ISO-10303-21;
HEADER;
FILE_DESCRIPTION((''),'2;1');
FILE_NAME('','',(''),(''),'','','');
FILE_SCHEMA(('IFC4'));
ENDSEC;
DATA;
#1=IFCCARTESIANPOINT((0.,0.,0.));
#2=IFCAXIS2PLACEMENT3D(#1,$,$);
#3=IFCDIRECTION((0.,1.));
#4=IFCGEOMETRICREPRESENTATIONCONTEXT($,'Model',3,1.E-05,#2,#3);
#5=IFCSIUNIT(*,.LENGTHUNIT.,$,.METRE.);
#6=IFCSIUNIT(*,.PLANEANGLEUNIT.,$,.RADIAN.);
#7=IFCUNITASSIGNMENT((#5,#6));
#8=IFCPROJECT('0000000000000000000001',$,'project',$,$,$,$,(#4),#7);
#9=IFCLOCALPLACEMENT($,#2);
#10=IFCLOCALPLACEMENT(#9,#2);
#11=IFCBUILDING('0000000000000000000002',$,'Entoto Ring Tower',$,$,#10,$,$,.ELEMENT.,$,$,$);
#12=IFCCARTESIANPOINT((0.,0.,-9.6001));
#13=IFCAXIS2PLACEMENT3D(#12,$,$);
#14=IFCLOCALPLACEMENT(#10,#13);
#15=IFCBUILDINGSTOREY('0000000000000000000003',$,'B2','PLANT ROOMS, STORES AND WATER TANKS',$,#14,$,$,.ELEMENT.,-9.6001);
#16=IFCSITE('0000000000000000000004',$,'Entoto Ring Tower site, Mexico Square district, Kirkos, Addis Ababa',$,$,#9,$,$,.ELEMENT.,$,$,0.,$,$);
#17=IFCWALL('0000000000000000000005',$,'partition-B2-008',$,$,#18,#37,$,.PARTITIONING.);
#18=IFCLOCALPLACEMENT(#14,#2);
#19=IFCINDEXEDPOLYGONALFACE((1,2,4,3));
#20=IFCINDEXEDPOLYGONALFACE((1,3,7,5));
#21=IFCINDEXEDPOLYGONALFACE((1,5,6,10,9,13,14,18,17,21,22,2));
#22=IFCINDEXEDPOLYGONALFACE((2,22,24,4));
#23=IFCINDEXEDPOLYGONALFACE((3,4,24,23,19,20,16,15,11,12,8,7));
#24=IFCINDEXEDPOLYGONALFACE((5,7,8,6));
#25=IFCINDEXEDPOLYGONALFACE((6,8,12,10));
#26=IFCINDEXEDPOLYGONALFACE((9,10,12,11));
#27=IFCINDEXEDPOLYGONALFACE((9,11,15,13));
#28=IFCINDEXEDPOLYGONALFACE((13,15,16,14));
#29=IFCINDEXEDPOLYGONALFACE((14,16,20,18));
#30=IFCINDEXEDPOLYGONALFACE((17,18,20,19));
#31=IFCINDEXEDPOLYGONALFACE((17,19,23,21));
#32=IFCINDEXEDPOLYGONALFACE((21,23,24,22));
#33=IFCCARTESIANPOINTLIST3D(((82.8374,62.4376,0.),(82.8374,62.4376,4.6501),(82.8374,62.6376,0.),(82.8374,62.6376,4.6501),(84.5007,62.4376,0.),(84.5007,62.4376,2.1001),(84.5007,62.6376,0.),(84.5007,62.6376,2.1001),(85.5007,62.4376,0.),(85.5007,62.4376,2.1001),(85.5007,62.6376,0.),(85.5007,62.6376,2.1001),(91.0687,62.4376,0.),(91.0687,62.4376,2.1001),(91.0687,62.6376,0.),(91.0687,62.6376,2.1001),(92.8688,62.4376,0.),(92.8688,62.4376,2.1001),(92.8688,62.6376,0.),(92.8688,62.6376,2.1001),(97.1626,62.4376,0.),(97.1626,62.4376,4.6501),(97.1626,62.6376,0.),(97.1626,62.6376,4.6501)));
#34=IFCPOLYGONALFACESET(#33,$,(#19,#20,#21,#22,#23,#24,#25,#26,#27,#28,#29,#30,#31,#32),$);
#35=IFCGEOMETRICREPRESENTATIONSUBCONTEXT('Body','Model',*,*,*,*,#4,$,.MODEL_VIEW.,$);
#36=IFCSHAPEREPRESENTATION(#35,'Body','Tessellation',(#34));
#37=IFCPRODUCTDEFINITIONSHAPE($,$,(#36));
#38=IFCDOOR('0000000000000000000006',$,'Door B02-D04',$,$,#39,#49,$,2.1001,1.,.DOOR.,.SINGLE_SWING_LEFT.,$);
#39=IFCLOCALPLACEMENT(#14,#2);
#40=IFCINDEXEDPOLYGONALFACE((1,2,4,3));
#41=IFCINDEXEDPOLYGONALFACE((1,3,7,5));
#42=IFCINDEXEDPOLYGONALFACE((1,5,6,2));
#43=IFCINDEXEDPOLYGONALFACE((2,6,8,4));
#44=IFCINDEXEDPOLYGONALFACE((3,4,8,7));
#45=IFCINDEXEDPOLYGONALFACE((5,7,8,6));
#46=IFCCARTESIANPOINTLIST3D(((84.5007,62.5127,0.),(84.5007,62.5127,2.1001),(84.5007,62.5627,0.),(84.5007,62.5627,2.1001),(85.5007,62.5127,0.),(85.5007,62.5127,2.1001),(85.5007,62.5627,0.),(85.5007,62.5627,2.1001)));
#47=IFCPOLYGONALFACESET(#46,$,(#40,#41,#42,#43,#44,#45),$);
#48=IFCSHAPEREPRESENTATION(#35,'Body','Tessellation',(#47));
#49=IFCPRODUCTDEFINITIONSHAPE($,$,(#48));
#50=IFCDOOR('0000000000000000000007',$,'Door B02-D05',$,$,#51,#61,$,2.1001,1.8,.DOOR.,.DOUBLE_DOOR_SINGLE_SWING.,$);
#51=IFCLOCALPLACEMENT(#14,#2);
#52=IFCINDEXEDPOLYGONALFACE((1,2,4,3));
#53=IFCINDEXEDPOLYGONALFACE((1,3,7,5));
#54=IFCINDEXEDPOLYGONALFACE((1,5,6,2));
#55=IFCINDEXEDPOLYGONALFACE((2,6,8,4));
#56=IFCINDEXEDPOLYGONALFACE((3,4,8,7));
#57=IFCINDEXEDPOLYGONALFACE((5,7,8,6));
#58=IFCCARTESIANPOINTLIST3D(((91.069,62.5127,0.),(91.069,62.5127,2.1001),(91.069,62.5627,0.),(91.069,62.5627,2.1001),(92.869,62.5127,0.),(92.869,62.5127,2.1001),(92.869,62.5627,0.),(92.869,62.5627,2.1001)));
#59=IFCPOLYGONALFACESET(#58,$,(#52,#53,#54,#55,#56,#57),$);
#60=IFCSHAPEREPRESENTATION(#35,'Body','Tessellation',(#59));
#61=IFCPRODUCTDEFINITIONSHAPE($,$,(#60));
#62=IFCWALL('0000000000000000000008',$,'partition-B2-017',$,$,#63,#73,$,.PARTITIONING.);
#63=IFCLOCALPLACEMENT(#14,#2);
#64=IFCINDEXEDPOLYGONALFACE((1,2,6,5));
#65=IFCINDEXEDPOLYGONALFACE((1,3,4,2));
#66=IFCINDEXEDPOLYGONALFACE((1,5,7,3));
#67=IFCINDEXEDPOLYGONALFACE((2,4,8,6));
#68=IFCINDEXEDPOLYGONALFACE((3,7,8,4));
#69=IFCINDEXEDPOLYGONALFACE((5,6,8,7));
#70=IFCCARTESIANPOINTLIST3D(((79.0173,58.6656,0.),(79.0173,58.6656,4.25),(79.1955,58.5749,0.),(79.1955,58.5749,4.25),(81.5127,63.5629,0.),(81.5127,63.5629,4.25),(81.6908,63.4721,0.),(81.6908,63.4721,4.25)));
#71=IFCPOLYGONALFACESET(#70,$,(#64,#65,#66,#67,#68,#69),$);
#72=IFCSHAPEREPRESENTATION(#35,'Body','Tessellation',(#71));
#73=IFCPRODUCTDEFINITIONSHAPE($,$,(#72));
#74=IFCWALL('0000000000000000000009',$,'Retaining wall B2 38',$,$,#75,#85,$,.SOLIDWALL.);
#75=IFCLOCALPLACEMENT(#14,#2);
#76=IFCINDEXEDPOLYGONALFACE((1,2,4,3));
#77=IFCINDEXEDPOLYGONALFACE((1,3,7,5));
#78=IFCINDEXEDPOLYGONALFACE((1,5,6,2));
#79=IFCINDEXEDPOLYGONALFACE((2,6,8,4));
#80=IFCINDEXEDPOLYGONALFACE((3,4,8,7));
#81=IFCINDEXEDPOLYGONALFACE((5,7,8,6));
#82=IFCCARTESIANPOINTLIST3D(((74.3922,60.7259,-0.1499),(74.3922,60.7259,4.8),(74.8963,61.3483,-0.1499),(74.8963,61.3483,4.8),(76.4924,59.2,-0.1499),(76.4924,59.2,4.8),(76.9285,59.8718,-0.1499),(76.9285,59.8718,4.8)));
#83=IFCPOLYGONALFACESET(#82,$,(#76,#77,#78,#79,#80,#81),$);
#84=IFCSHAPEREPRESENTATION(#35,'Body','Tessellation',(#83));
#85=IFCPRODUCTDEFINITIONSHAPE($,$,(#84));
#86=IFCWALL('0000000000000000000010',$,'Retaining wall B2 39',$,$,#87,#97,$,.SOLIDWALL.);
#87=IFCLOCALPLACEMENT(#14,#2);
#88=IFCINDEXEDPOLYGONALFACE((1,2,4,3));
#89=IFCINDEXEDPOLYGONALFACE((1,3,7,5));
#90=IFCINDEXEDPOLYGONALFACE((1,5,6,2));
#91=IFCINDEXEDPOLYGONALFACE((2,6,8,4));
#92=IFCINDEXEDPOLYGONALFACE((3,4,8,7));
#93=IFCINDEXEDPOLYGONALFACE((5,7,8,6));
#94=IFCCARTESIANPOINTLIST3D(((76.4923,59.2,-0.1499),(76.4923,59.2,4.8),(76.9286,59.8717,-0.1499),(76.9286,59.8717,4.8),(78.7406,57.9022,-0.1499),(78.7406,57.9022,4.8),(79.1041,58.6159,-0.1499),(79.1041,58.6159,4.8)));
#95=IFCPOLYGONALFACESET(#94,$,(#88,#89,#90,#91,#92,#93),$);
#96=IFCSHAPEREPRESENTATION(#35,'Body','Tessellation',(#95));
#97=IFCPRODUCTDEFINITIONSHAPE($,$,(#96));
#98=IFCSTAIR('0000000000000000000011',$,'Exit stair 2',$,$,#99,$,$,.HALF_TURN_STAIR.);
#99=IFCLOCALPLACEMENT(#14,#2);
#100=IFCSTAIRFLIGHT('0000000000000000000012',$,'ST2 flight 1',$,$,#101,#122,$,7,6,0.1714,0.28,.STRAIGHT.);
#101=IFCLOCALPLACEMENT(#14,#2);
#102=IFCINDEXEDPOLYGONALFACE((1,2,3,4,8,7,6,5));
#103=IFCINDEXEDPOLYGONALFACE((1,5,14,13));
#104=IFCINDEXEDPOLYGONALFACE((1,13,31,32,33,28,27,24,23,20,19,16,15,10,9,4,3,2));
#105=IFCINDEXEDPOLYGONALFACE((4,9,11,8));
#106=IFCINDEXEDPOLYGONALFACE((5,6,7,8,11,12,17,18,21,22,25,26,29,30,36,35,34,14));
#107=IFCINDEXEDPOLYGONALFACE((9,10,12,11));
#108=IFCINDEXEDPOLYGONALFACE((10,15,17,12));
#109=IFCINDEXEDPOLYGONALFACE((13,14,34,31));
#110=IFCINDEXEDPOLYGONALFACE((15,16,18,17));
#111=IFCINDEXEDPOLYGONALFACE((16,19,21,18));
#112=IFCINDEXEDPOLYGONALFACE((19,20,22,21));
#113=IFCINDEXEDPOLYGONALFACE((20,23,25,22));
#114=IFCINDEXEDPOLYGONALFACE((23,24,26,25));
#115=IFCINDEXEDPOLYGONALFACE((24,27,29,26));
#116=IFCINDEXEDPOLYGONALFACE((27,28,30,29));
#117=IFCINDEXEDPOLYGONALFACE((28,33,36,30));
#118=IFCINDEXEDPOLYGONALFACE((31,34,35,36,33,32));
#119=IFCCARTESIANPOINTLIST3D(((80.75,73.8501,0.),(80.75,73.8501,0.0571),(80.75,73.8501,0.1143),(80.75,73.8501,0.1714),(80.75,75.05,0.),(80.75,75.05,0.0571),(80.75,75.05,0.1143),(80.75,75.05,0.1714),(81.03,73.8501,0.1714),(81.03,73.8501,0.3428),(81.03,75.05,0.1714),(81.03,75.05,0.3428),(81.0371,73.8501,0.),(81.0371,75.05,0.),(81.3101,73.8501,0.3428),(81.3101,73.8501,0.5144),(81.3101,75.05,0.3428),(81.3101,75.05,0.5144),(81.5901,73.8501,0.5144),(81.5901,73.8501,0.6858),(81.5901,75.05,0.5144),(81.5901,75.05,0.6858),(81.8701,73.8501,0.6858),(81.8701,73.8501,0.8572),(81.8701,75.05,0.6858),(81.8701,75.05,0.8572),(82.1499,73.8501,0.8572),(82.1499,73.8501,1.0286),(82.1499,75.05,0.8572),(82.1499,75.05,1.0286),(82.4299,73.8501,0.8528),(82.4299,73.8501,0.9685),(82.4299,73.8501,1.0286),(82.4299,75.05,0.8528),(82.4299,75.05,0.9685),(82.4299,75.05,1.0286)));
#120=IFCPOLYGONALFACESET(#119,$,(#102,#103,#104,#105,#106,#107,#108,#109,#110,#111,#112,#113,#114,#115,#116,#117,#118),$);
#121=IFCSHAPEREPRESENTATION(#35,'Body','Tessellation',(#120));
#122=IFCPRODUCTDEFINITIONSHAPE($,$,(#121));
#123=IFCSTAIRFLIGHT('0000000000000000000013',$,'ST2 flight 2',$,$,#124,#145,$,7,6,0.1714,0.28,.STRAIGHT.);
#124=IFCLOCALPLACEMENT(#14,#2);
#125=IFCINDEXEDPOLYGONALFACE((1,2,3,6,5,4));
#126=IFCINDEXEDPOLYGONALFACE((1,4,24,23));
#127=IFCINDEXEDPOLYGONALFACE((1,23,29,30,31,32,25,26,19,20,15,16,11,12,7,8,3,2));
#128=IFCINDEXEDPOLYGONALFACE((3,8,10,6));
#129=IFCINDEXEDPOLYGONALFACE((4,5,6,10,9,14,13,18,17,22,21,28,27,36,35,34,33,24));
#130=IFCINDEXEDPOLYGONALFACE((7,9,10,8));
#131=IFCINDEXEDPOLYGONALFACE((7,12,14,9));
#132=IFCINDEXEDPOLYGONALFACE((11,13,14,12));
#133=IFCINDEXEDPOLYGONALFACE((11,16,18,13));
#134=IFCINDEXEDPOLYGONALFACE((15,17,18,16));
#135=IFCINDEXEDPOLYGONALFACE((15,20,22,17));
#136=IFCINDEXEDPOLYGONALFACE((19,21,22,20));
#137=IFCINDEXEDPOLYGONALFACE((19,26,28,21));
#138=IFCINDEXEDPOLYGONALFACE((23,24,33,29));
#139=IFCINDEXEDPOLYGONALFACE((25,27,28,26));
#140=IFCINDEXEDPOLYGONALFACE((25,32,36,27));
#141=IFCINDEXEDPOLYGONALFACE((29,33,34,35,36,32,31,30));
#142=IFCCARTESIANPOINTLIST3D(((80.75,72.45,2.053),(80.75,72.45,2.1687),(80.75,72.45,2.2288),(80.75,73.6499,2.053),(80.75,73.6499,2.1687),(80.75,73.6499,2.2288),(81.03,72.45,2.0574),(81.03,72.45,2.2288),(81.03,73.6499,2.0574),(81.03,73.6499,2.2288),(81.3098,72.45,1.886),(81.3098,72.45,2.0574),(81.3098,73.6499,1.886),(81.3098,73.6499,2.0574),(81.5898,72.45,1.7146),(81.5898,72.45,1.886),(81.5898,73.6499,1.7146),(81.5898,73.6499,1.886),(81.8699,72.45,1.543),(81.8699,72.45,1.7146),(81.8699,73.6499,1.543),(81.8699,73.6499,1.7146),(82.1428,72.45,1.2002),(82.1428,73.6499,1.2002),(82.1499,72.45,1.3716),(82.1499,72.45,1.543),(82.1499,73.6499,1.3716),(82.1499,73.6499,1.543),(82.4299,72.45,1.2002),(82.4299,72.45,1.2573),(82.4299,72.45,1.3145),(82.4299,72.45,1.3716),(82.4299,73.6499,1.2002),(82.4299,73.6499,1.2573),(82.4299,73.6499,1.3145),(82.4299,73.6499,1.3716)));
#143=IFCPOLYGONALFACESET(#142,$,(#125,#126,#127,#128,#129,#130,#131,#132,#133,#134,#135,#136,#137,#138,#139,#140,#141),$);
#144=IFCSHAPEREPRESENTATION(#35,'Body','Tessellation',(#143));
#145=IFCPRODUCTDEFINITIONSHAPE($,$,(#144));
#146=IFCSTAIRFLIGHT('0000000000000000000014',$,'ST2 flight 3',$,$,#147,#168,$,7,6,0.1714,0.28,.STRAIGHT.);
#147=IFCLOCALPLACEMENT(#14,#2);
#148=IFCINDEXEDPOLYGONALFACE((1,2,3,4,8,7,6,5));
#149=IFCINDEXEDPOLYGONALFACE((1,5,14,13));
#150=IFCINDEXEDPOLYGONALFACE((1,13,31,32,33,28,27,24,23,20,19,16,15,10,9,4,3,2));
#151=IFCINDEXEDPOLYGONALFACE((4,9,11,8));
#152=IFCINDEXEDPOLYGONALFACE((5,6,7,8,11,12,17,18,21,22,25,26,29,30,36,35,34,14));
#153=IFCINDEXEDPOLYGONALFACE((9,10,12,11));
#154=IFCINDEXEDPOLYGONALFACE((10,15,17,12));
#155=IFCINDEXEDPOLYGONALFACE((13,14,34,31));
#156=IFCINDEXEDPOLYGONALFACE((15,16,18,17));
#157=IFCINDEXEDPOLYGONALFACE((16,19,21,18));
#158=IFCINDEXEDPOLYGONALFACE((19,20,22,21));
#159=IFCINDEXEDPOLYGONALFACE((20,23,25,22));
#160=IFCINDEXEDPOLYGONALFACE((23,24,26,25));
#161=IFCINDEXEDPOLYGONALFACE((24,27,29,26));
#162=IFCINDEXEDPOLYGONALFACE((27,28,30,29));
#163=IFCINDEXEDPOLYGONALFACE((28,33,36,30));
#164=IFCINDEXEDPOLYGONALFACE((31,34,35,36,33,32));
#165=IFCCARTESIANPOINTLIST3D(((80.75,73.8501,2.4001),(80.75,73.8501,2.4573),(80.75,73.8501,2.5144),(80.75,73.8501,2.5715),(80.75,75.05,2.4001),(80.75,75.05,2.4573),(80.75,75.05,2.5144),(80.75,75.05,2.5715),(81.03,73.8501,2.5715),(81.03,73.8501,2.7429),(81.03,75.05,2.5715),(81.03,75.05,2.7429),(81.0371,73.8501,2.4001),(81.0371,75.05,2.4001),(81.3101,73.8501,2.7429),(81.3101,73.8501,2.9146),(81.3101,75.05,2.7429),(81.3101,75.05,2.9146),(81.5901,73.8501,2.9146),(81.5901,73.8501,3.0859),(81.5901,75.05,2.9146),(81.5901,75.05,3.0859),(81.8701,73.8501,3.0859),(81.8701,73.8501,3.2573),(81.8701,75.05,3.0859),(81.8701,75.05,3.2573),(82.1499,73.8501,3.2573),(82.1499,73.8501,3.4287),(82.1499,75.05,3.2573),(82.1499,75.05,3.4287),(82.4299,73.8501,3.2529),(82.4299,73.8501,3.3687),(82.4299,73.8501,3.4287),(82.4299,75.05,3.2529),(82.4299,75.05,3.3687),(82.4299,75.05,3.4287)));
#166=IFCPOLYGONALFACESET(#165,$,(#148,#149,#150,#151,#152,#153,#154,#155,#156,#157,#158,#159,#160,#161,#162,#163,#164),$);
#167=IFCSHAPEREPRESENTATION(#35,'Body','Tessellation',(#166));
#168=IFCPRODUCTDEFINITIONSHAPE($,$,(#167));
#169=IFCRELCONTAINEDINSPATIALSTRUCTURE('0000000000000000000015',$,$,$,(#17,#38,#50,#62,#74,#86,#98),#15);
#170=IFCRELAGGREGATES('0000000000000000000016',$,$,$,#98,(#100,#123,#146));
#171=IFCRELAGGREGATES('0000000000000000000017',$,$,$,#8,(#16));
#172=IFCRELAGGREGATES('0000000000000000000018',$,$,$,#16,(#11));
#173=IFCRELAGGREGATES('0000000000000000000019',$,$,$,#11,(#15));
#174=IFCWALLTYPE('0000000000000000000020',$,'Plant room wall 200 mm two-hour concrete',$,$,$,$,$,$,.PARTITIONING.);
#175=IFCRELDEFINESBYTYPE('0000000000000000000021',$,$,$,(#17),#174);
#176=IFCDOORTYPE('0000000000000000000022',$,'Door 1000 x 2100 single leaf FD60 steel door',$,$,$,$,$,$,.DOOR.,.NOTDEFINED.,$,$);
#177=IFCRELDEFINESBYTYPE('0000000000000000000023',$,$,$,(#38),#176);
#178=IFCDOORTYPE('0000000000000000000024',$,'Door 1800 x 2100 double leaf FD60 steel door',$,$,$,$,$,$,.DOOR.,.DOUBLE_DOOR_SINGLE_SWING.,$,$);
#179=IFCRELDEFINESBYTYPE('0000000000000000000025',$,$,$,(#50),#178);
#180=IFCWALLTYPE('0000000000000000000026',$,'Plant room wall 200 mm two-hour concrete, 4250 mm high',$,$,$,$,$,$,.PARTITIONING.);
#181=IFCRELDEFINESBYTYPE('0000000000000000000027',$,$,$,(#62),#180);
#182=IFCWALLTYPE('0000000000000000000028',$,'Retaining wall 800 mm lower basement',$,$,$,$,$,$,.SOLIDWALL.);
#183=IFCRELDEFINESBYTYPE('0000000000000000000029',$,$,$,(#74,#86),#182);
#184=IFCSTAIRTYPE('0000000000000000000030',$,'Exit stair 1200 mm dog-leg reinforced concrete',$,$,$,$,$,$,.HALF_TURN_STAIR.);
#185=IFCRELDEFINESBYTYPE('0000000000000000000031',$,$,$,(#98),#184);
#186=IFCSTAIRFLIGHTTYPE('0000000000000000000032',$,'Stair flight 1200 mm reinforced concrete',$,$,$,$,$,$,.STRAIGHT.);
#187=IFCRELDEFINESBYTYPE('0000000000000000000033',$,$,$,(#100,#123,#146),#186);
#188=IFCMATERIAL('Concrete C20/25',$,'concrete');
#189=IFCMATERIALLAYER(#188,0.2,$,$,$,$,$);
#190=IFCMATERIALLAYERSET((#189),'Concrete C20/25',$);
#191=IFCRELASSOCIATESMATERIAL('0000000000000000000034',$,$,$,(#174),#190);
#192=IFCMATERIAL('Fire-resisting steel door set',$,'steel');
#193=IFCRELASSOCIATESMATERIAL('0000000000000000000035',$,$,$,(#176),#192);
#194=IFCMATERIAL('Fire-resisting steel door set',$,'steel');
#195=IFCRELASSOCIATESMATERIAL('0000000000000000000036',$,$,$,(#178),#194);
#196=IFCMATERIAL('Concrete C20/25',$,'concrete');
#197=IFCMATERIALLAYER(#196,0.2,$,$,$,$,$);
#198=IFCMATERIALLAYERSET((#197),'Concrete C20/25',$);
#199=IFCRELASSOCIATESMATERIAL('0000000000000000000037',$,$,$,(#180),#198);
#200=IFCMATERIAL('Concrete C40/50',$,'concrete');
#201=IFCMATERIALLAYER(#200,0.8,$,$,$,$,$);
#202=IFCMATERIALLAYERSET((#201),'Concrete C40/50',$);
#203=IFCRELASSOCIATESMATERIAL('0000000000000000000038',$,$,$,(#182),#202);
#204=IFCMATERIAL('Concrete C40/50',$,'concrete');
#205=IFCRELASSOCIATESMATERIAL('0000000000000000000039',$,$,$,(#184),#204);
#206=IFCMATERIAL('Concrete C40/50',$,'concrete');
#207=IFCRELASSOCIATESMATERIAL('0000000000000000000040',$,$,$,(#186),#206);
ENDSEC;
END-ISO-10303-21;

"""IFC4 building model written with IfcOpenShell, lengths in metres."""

from ifc_helpers import new_model, si_unit, direction, frame, frame_2d, origin, place, context, subcontext, project, spatial, polyline, rectangle, outline, extrude, material, layer, layer_set, type_object, element, fill, aggregate, save


model = new_model("IFC4")

# Units and contexts
model_context = context("Model", 3, precision=1e-05, world=origin(), true_north=direction((0.0, 1.0)))
body_context = subcontext(model_context, "Body", "Model", "MODEL_VIEW")
ifc_project = project(units=[si_unit("LENGTHUNIT", "METRE"), si_unit("PLANEANGLEUNIT", "RADIAN")], contexts=[model_context])

# Site, building, storey
site_placement = place(None, origin())
site = spatial("IfcSite", under=ifc_project, at=site_placement, Name="Entoto Ring Tower site, Mexico Square district, Kirkos, Addis Ababa", CompositionType="ELEMENT", RefElevation=0.0)
building_placement = place(site_placement, origin())
building = spatial("IfcBuilding", under=site, at=building_placement, Name="Entoto Ring Tower", CompositionType="ELEMENT")
storey_placement = place(building_placement, frame((0.0, 0.0, -9.6001)))
storey = spatial("IfcBuildingStorey", under=building, at=storey_placement, Name="B2", Description="PLANT ROOMS, STORES AND WATER TANKS", CompositionType="ELEMENT", Elevation=-9.6001)

# Shared definitions
ifc_material_1 = material(Name="Concrete C20/25", Category="concrete")
ifc_layer_1 = layer(ifc_material_1, 0.2)
ifc_layer_set_1 = layer_set([ifc_layer_1], Name="Concrete C20/25")
wall_type_1 = type_object("IfcWallType", Name="Plant room wall 200 mm two-hour concrete", PredefinedType="PARTITIONING", material=ifc_layer_set_1)
ifc_material_2 = material(Name="Fire-resisting steel door set", Category="steel")
door_type_1 = type_object("IfcDoorType", Name="Door 1000 x 2100 single leaf FD60 steel door", OperationType="NOTDEFINED", PredefinedType="DOOR", material=ifc_material_2)

# Wall, openings, doors
wall_1_placement = place(storey_placement, frame((82.8374, 62.5376, 0.0), z_axis=(0.0, 0.0, 1.0), x_axis=(1.0, 0.0, 0.0)))
wall_1 = element("IfcWall", 1, at=wall_1_placement, inside=storey, type_object=wall_type_1, Name="partition-B2-008", PredefinedType="PARTITIONING", context=body_context, shape_type="SweptSolid", body=[
    extrude(rectangle(XDim=14.3252, YDim=0.2, at=frame_2d((7.1626, 0.0))), origin(), (0.0, 0.0, 1.0), 4.6501),
])
opening_1_placement = place(wall_1_placement, frame((1.6633, 0.0, 0.0)))
opening_1 = element("IfcOpeningElement", 2, at=opening_1_placement, cuts=wall_1, PredefinedType="OPENING", context=body_context, shape_type="SweptSolid", body=[
    extrude(rectangle(XDim=1.0, YDim=2.1001, at=frame_2d((0.5, 1.05))), frame((0.0, 0.1099, 0.0), z_axis=(0.0, -1.0, 0.0), x_axis=(1.0, 0.0, 0.0)), (0.0, 0.0, 1.0), 0.22),
])
opening_2_placement = place(wall_1_placement, frame((8.2314, 0.0, 0.0)))
opening_2 = element("IfcOpeningElement", 3, at=opening_2_placement, cuts=wall_1, PredefinedType="OPENING", context=body_context, shape_type="SweptSolid", body=[
    extrude(rectangle(XDim=1.8, YDim=2.1001, at=frame_2d((0.8999, 1.05))), frame((0.0, 0.1099, 0.0), z_axis=(0.0, -1.0, 0.0), x_axis=(1.0, 0.0, 0.0)), (0.0, 0.0, 1.0), 0.22),
])
door_1_placement = place(opening_1_placement, frame((1.0, 0.0, 0.0), z_axis=(0.0, 0.0, 1.0), x_axis=(-1.0, 0.0, 0.0)))
door_1 = element("IfcDoor", 4, at=door_1_placement, inside=storey, type_object=door_type_1, Name="Door B02-D04", OperationType="SINGLE_SWING_LEFT", OverallHeight=2.1001, OverallWidth=1.0, PredefinedType="DOOR", context=body_context, shape_type="SweptSolid", body=[
    extrude(rectangle(XDim=1.0, YDim=2.1001, at=frame_2d((0.5, 1.05))), frame((0.0, 0.0249, 0.0), z_axis=(0.0, -1.0, 0.0), x_axis=(1.0, 0.0, 0.0)), (0.0, 0.0, 1.0), 0.05),
])
fill(opening_1, door_1)
ifc_material_3 = material(Name="Fire-resisting steel door set", Category="steel")
door_type_2 = type_object("IfcDoorType", Name="Door 1800 x 2100 double leaf FD60 steel door", OperationType="DOUBLE_DOOR_SINGLE_SWING", PredefinedType="DOOR", material=ifc_material_3)
door_2_placement = place(opening_2_placement, frame((1.8, 0.0, 0.0), z_axis=(0.0, 0.0, 1.0), x_axis=(-1.0, 0.0, 0.0)))
door_2 = element("IfcDoor", 5, at=door_2_placement, inside=storey, type_object=door_type_2, Name="Door B02-D05", OperationType="DOUBLE_DOOR_SINGLE_SWING", OverallHeight=2.1001, OverallWidth=1.8, PredefinedType="DOOR", context=body_context, shape_type="SweptSolid", body=[
    extrude(rectangle(XDim=1.8, YDim=2.1001, at=frame_2d((0.8999, 1.05))), frame((0.0, 0.0249, 0.0), z_axis=(0.0, -1.0, 0.0), x_axis=(1.0, 0.0, 0.0)), (0.0, 0.0, 1.0), 0.05),
])
fill(opening_2, door_2)

# Walls
ifc_material_4 = material(Name="Concrete C20/25", Category="concrete")
ifc_layer_2 = layer(ifc_material_4, 0.2)
ifc_layer_set_2 = layer_set([ifc_layer_2], Name="Concrete C20/25")
wall_type_2 = type_object("IfcWallType", Name="Plant room wall 200 mm two-hour concrete, 4250 mm high", PredefinedType="PARTITIONING", material=ifc_layer_set_2)
wall_2_placement = place(storey_placement, frame((79.1064, 58.6204, 0.0), z_axis=(0.0, 0.0, 1.0), x_axis=(0.454006, 0.890999, 0.0)))
element("IfcWall", 6, at=wall_2_placement, inside=storey, type_object=wall_type_2, Name="partition-B2-017", PredefinedType="PARTITIONING", context=body_context, shape_type="SweptSolid", body=[
    extrude(rectangle(XDim=5.4963, YDim=0.2, at=frame_2d((2.748, 0.0))), origin(), (0.0, 0.0, 1.0), 4.25),
])
ifc_material_5 = material(Name="Concrete C40/50", Category="concrete")
ifc_layer_3 = layer(ifc_material_5, 0.8)
ifc_layer_set_3 = layer_set([ifc_layer_3], Name="Concrete C40/50")
wall_type_3 = type_object("IfcWallType", Name="Retaining wall 800 mm lower basement", PredefinedType="SOLIDWALL", material=ifc_layer_set_3)
for number, where, z_axis, x_axis, name in (
    (7, (74.6443, 61.0371, -0.1499), (0.0, 0.0, 1.0), (0.809005, -0.587802, 0.0), "Retaining wall B2 38"),
    (8, (76.7104, 59.5359, -0.1499), (0.0, 0.0, 1.0), (0.866058, -0.499943, 0.0), "Retaining wall B2 39"),
):
    element("IfcWall", number, at=place(storey_placement, frame(where, z_axis=z_axis, x_axis=x_axis)), inside=storey, type_object=wall_type_3, Name=name, PredefinedType="SOLIDWALL", context=body_context, shape_type="SweptSolid", body=[
        extrude(outline(polyline([(-0.021, -0.3999), (2.575, -0.3999), (2.533, 0.3999), (0.021, 0.3999), (-0.021, -0.3999)])), origin(), (0.0, 0.0, 1.0), 4.95),
    ])

# Stair, stair flights
ifc_material_6 = material(Name="Concrete C40/50", Category="concrete")
stair_type = type_object("IfcStairType", Name="Exit stair 1200 mm dog-leg reinforced concrete", PredefinedType="HALF_TURN_STAIR", material=ifc_material_6)
stair_placement = place(storey_placement, origin())
stair = element("IfcStair", 9, at=stair_placement, inside=storey, type_object=stair_type, Name="Exit stair 2", PredefinedType="HALF_TURN_STAIR")
ifc_material_7 = material(Name="Concrete C40/50", Category="concrete")
stair_flight_type = type_object("IfcStairFlightType", Name="Stair flight 1200 mm reinforced concrete", PredefinedType="STRAIGHT", material=ifc_material_7)
stair_flight_1_placement = place(storey_placement, frame((80.75, 74.45, 0.0), z_axis=(0.0, 0.0, 1.0), x_axis=(1.0, 0.0, 0.0)))
stair_flight_1 = element("IfcStairFlight", 10, at=stair_flight_1_placement, type_object=stair_flight_type, Name="ST2 flight 1", NumberOfRisers=7, NumberOfTreads=6, PredefinedType="STRAIGHT", RiserHeight=0.1714, TreadLength=0.28, context=body_context, shape_type="SweptSolid", body=[
    extrude(outline(polyline([(0.0, 0.0), (0.0, 0.0571), (0.0, 0.1143), (0.0, 0.1714), (0.28, 0.1714), (0.28, 0.3428), (0.5601, 0.3428), (0.5601, 0.5144), (0.8401, 0.5144), (0.8401, 0.6858), (1.1201, 0.6858), (1.1201, 0.8572), (1.3999, 0.8572), (1.3999, 1.0286), (1.6799, 1.0286), (1.6799, 1.2), (1.6799, 1.0842), (1.6799, 0.9685), (1.6799, 0.8528), (0.2871, 0.0), (0.0, 0.0)])), frame((0.0, 0.6001, 0.0), z_axis=(0.0, -1.0, 0.0), x_axis=(1.0, 0.0, 0.0)), (0.0, 0.0, 1.0), 1.2),
])
stair_flight_2_placement = place(storey_placement, frame((82.4299, 73.05, 1.2002), z_axis=(0.0, 0.0, 1.0), x_axis=(-1.0, 0.0, 0.0)))
stair_flight_2 = element("IfcStairFlight", 11, at=stair_flight_2_placement, type_object=stair_flight_type, Name="ST2 flight 2", NumberOfRisers=7, NumberOfTreads=6, PredefinedType="STRAIGHT", RiserHeight=0.1714, TreadLength=0.28, context=body_context, shape_type="SweptSolid", body=[
    extrude(outline(polyline([(0.0, 0.0), (0.0, 0.0571), (0.0, 0.1143), (0.0, 0.1714), (0.28, 0.1714), (0.28, 0.3428), (0.5601, 0.3428), (0.5601, 0.5144), (0.8401, 0.5144), (0.8401, 0.6858), (1.1201, 0.6858), (1.1201, 0.8572), (1.3999, 0.8572), (1.3999, 1.0286), (1.6799, 1.0286), (1.6799, 1.2), (1.6799, 1.0842), (1.6799, 0.9685), (1.6799, 0.8528), (0.2871, 0.0), (0.0, 0.0)])), frame((0.0, 0.6001, 0.0), z_axis=(0.0, -1.0, 0.0), x_axis=(1.0, 0.0, 0.0)), (0.0, 0.0, 1.0), 1.2),
])
stair_flight_3_placement = place(storey_placement, frame((80.75, 74.45, 2.4001), z_axis=(0.0, 0.0, 1.0), x_axis=(1.0, 0.0, 0.0)))
stair_flight_3 = element("IfcStairFlight", 12, at=stair_flight_3_placement, type_object=stair_flight_type, Name="ST2 flight 3", NumberOfRisers=7, NumberOfTreads=6, PredefinedType="STRAIGHT", RiserHeight=0.1714, TreadLength=0.28, context=body_context, shape_type="SweptSolid", body=[
    extrude(outline(polyline([(0.0, 0.0), (0.0, 0.0571), (0.0, 0.1143), (0.0, 0.1714), (0.28, 0.1714), (0.28, 0.3428), (0.5601, 0.3428), (0.5601, 0.5144), (0.8401, 0.5144), (0.8401, 0.6858), (1.1201, 0.6858), (1.1201, 0.8572), (1.3999, 0.8572), (1.3999, 1.0286), (1.6799, 1.0286), (1.6799, 1.2), (1.6799, 1.0842), (1.6799, 0.9685), (1.6799, 0.8528), (0.2871, 0.0), (0.0, 0.0)])), frame((0.0, 0.6001, 0.0), z_axis=(0.0, -1.0, 0.0), x_axis=(1.0, 0.0, 0.0)), (0.0, 0.0, 1.0), 1.2),
])
aggregate(stair, [stair_flight_1, stair_flight_2, stair_flight_3])

save(model, "model.ifc")
